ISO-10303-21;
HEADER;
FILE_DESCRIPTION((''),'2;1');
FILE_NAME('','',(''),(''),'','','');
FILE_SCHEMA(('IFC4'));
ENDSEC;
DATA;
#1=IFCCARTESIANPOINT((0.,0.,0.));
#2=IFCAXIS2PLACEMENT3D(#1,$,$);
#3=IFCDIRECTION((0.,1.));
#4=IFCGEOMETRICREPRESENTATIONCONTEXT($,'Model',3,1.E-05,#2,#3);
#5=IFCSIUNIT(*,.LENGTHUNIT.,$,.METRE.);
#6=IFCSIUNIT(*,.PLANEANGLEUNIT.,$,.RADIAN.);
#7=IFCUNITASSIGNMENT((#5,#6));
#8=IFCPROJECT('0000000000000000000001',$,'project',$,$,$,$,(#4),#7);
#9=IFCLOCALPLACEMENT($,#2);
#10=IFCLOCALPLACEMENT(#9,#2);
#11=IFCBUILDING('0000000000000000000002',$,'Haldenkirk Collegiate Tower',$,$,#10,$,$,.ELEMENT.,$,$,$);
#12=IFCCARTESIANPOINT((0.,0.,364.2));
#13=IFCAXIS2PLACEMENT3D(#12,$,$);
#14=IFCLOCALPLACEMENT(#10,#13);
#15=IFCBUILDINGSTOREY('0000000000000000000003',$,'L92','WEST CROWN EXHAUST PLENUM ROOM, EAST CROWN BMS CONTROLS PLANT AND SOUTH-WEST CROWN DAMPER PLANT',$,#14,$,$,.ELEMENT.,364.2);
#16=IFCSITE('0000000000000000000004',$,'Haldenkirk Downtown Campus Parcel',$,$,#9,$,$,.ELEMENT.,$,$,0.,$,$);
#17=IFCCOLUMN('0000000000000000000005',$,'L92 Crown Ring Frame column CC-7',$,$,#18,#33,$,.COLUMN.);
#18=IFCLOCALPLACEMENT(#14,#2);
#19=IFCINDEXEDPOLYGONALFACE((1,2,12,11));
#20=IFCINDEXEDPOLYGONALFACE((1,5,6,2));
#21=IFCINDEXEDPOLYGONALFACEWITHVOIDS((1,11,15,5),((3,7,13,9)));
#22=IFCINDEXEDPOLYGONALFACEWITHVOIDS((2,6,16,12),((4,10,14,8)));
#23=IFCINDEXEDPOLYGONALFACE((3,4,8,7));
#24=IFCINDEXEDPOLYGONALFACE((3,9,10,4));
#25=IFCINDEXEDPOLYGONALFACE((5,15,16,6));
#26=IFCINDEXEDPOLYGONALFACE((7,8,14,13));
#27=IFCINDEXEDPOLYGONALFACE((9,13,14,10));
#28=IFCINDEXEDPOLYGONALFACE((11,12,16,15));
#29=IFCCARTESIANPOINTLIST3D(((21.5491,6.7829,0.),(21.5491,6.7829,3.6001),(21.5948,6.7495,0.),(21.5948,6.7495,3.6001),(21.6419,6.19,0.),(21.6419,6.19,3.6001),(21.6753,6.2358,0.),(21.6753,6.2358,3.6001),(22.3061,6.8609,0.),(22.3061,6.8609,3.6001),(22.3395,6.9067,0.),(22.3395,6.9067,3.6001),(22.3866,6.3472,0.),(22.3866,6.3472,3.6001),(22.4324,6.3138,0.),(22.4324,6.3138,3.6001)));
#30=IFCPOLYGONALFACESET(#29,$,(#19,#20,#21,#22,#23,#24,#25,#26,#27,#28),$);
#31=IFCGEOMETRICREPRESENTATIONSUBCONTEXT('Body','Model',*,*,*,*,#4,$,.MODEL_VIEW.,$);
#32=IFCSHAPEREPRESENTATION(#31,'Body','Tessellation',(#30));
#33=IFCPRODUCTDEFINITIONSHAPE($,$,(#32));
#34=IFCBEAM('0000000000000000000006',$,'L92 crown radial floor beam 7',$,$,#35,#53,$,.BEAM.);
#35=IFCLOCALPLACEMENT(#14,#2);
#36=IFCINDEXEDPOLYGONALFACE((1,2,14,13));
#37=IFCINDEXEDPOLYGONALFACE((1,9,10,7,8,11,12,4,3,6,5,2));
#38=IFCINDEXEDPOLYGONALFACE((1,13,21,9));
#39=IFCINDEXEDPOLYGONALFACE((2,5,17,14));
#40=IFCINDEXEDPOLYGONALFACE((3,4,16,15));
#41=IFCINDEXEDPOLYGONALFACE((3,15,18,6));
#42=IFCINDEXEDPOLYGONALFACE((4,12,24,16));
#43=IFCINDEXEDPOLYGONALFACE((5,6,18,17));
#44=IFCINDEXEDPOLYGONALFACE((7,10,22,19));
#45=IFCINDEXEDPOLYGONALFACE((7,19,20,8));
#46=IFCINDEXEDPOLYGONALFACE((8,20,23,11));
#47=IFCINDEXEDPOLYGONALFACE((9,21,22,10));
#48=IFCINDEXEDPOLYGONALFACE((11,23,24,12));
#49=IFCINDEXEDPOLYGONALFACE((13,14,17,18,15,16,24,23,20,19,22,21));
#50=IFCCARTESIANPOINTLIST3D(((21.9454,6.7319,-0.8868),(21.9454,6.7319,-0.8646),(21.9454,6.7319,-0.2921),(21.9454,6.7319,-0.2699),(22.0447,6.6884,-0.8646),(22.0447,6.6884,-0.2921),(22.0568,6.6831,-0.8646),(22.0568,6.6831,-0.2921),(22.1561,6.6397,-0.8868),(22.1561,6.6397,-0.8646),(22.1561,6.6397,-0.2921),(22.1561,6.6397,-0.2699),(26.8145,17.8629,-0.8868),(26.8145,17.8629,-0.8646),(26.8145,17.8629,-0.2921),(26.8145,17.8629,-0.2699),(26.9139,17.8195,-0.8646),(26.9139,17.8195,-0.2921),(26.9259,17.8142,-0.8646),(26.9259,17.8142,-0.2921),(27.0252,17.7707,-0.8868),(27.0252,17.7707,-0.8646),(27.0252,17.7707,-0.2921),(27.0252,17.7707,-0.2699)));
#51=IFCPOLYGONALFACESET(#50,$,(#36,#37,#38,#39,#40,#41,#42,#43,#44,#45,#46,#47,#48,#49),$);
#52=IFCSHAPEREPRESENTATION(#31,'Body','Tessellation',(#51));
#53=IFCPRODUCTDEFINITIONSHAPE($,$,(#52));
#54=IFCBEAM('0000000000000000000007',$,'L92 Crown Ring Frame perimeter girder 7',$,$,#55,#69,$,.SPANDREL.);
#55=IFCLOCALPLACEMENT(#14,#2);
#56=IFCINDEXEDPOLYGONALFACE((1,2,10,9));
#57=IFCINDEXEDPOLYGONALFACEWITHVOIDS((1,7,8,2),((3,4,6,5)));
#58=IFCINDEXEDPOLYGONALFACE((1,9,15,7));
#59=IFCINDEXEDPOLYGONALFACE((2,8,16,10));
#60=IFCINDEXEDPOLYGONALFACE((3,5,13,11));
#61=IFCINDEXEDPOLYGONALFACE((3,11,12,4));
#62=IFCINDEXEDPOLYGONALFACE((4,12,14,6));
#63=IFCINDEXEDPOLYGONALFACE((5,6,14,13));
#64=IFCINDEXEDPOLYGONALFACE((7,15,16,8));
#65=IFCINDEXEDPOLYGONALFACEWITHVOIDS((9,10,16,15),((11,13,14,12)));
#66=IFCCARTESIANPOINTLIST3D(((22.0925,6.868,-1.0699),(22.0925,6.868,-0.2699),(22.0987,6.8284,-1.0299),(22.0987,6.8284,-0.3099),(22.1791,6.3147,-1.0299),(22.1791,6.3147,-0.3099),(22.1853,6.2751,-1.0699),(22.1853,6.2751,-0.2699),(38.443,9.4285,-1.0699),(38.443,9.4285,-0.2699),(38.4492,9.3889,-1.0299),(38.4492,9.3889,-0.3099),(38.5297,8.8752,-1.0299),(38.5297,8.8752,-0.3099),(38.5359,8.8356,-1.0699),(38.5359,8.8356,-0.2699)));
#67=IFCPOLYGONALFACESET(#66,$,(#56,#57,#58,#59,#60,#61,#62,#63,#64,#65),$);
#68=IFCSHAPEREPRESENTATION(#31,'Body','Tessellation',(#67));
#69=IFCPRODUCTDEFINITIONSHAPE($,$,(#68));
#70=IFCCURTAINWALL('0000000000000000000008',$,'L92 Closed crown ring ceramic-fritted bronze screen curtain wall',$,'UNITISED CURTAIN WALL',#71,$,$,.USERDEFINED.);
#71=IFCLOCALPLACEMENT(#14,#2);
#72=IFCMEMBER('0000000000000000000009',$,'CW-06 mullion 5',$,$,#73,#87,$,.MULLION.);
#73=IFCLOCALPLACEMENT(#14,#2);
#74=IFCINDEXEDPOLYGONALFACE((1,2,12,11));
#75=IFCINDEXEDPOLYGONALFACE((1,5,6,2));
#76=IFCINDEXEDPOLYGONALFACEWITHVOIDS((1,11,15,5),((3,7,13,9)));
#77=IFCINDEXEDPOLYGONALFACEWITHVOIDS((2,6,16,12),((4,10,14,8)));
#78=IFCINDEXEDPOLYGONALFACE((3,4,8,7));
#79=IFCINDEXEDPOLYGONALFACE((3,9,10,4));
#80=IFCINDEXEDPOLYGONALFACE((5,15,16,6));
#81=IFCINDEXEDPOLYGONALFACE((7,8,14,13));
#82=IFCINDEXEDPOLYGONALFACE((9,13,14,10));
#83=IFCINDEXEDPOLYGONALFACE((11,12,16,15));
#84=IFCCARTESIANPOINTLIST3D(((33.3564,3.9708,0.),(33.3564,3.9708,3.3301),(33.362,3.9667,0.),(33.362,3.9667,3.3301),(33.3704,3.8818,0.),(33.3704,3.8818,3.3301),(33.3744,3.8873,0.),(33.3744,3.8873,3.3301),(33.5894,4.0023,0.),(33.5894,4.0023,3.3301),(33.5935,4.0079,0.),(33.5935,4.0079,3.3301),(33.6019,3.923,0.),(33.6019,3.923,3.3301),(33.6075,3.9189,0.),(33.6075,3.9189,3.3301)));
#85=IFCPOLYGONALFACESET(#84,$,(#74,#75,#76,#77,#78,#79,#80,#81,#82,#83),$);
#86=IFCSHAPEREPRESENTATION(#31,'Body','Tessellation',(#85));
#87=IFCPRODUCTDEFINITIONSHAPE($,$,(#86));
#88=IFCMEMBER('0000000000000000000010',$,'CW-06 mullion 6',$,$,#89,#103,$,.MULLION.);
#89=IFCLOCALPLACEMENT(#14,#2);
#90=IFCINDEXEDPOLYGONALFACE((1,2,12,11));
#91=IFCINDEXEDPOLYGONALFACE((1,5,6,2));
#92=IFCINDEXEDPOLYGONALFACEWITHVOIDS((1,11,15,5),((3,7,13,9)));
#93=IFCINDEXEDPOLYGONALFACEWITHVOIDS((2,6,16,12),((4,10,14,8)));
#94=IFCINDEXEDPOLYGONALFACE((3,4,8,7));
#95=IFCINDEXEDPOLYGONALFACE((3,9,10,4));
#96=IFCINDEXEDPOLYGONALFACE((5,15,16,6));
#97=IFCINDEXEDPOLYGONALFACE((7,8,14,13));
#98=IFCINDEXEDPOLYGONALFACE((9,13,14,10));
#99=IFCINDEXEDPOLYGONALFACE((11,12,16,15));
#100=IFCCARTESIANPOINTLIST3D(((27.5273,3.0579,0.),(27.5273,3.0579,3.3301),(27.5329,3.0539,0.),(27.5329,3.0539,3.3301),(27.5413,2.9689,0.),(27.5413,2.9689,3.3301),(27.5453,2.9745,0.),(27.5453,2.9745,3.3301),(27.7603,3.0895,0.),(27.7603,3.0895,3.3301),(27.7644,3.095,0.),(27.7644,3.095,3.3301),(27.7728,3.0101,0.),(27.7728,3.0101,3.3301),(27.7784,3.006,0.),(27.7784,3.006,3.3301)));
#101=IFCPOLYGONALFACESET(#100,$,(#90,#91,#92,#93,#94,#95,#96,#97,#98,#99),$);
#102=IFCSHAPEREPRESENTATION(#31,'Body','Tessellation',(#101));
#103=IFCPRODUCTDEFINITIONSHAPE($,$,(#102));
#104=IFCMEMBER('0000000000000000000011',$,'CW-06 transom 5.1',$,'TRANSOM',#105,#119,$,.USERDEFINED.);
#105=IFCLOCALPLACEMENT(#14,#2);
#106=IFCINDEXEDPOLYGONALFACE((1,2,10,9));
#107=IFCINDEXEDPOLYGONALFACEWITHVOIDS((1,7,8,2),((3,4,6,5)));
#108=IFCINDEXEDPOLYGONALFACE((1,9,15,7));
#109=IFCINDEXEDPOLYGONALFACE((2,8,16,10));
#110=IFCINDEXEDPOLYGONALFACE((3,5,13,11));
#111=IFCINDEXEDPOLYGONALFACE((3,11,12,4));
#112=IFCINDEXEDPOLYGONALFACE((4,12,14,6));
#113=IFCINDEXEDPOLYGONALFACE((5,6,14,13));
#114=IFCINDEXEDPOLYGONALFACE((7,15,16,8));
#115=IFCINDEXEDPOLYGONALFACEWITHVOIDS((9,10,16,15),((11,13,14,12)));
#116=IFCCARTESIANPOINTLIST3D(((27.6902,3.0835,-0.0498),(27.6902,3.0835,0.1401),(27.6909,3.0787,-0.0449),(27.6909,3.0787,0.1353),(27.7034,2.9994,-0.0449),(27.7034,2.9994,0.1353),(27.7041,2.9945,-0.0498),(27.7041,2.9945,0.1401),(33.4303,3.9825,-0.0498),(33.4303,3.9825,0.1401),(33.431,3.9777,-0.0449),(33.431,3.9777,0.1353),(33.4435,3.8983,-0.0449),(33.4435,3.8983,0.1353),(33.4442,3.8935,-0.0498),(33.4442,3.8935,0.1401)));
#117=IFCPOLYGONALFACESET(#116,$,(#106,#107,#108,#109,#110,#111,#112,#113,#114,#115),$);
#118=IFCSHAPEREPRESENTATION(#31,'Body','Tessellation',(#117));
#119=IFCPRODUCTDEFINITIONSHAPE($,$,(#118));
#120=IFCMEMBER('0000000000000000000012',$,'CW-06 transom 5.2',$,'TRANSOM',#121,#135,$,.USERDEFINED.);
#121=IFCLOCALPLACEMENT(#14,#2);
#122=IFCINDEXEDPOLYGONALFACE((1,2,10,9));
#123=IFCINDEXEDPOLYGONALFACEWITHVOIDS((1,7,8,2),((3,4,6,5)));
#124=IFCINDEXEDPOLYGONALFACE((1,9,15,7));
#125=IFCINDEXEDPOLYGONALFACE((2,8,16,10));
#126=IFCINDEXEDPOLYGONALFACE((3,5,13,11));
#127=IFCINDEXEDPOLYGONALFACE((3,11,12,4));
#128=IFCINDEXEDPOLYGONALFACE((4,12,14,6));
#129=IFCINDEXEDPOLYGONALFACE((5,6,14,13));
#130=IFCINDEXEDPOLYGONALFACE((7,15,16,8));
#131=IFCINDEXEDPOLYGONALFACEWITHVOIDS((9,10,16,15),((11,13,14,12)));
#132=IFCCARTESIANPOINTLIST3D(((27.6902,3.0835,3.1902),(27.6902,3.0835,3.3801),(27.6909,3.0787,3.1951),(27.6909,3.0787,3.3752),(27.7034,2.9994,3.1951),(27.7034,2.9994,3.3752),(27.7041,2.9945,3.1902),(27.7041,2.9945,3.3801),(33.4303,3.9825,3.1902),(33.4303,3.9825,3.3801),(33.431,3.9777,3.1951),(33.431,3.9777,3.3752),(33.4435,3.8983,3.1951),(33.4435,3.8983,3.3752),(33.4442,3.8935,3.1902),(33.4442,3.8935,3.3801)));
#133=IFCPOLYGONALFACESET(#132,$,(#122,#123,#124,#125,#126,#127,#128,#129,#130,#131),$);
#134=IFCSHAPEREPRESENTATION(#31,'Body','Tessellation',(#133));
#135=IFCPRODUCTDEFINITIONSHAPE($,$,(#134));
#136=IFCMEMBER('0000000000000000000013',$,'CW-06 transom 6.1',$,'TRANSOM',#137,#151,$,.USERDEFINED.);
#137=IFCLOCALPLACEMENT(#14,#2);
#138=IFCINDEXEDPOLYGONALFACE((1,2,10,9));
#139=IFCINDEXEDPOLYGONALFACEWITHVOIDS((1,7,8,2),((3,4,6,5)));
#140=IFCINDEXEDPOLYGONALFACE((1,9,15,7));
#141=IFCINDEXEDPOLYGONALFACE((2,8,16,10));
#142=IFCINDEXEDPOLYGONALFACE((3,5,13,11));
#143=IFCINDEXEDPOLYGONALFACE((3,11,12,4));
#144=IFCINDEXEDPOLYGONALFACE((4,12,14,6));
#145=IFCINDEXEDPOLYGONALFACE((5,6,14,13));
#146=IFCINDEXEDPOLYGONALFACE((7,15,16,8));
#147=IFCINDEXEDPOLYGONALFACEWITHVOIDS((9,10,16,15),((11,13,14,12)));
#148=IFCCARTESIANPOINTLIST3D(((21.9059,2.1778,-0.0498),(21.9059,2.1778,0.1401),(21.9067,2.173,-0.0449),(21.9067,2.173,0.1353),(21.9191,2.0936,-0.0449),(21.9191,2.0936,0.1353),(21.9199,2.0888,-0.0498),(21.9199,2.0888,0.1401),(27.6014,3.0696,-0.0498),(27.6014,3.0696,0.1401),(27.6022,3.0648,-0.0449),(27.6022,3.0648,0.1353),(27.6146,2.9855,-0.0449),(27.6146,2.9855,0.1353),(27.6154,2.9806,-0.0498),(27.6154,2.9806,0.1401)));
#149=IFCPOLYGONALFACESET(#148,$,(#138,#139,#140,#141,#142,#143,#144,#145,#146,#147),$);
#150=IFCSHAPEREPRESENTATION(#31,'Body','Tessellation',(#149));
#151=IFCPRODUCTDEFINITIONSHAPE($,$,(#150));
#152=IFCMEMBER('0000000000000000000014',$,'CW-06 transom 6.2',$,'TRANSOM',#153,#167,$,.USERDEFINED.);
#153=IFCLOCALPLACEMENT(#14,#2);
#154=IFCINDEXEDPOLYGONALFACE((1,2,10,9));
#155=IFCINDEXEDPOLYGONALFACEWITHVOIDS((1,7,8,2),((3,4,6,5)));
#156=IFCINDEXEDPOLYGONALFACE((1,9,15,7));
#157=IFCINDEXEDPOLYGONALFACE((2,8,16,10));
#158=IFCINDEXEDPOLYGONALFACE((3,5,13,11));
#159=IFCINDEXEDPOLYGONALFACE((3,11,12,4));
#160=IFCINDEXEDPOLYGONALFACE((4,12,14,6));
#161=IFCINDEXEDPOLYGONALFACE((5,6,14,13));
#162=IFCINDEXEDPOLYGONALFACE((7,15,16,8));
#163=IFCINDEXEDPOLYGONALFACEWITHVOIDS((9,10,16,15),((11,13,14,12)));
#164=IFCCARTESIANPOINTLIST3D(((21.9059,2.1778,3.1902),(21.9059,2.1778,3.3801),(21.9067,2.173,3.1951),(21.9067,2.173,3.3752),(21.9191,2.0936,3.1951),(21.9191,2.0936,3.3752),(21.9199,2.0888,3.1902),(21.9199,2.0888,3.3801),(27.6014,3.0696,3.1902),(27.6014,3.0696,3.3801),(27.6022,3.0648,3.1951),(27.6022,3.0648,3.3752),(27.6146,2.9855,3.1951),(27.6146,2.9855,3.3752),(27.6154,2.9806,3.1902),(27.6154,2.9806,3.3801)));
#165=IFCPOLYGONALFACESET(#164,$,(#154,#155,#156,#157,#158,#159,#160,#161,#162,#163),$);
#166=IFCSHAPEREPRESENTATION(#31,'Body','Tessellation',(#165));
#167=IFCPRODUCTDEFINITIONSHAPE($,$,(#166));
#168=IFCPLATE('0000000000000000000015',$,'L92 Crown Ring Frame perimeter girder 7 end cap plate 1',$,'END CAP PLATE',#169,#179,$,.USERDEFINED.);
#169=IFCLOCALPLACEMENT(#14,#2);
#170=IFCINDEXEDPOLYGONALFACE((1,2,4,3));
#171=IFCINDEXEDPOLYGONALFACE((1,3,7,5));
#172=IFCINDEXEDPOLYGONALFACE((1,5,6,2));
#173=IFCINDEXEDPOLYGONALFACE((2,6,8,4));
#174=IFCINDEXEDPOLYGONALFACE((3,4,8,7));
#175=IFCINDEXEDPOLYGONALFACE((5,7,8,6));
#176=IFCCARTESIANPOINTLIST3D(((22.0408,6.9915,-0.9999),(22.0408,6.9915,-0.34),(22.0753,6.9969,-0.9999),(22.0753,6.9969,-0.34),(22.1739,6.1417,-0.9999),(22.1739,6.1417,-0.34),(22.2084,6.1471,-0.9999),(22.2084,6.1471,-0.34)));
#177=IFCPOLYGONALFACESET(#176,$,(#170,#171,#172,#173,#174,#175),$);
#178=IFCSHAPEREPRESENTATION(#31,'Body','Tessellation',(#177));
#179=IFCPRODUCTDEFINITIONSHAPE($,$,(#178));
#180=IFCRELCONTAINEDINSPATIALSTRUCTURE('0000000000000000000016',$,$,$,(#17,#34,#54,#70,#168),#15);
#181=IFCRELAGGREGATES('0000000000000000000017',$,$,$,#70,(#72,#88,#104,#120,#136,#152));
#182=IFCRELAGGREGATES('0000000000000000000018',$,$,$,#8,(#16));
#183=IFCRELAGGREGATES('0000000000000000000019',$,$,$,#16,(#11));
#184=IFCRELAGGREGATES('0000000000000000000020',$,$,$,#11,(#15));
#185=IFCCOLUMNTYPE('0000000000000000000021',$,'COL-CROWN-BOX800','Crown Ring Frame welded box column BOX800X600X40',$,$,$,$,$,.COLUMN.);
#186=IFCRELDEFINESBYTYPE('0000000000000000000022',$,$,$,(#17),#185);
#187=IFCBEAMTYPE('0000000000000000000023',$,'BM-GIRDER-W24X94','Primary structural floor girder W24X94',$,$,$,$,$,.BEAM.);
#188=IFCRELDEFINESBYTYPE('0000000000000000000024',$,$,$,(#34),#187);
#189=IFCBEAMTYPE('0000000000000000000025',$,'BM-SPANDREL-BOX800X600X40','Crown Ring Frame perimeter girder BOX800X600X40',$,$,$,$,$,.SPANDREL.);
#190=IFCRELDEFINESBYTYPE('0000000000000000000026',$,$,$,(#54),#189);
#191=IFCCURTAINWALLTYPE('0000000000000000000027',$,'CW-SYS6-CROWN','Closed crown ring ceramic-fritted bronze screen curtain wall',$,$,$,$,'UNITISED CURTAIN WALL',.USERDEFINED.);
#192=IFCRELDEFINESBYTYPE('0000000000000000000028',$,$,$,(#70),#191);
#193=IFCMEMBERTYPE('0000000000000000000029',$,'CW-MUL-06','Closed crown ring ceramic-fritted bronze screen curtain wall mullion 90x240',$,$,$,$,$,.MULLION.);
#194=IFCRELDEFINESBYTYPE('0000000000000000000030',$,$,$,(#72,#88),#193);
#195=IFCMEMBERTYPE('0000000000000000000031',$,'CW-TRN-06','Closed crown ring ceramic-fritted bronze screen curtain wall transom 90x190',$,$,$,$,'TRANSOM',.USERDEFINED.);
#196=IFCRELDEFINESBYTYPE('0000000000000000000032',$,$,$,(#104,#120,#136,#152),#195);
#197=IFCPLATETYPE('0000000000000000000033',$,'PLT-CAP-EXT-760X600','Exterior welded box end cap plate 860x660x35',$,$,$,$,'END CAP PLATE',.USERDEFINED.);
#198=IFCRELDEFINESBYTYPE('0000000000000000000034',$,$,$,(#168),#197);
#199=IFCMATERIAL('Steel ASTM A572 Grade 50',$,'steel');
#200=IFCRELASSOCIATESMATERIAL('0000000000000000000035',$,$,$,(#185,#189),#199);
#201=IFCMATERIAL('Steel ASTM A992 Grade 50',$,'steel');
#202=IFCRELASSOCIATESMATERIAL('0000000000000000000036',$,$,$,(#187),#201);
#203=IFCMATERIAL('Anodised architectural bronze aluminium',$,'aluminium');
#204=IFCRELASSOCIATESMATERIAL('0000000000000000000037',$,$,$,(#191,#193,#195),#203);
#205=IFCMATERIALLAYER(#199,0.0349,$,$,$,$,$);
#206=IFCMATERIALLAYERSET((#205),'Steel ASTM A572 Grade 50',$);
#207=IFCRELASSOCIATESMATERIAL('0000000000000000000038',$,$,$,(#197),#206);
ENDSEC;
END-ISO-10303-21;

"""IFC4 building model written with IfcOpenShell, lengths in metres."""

from ifc_helpers import new_model, si_unit, direction, frame, origin, origin_2d, place, context, subcontext, project, spatial, rectangle, hollow_rectangle, i_section, extrude, source, transform, mapped, material, layer, layer_set, material_profile, profile_set, type_object, element, aggregate, save


model = new_model("IFC4")

# Units and contexts
model_context = context("Model", 3, precision=1e-05, world=origin(), true_north=direction((0.0, 1.0)))
body_context = subcontext(model_context, "Body", "Model", "MODEL_VIEW")
ifc_project = project(units=[si_unit("LENGTHUNIT", "METRE"), si_unit("PLANEANGLEUNIT", "RADIAN")], contexts=[model_context])

# Site, building, storey
site_placement = place(None, origin())
site = spatial("IfcSite", under=ifc_project, at=site_placement, Name="Haldenkirk Downtown Campus Parcel", CompositionType="ELEMENT", RefElevation=0.0)
building_placement = place(site_placement, origin())
building = spatial("IfcBuilding", under=site, at=building_placement, Name="Haldenkirk Collegiate Tower", CompositionType="ELEMENT")
storey_placement = place(building_placement, frame((0.0, 0.0, 364.2)))
storey = spatial("IfcBuildingStorey", under=building, at=storey_placement, Name="L92", Description="WEST CROWN EXHAUST PLENUM ROOM, EAST CROWN BMS CONTROLS PLANT AND SOUTH-WEST CROWN DAMPER PLANT", CompositionType="ELEMENT", Elevation=364.2)

# Column
ifc_material_1 = material(Name="Steel ASTM A572 Grade 50", Category="steel")
ifc_material_profile_1 = material_profile(ifc_material_1, hollow_rectangle(XDim=0.6001, YDim=0.8, WallThickness=0.04, at=origin_2d()), Name="BOX800X600X40")
ifc_profile_set_1 = profile_set([ifc_material_profile_1], Name="Steel ASTM A572 Grade 50")
column_type = type_object("IfcColumnType", Name="COL-CROWN-BOX800", Description="Crown Ring Frame welded box column BOX800X600X40", PredefinedType="COLUMN", material=ifc_profile_set_1)
column_placement = place(storey_placement, frame((21.9907, 6.5483, 0.0), z_axis=(0.0, 0.0, 1.0), x_axis=(-0.15471, 0.98796, 0.0)))
element("IfcColumn", 1, at=column_placement, inside=storey, type_object=column_type, Name="L92 Crown Ring Frame column CC-7", PredefinedType="COLUMN", context=body_context, shape_type="SweptSolid", body=[
    extrude(hollow_rectangle(XDim=0.6001, YDim=0.8, WallThickness=0.04, at=origin_2d()), origin(), (0.0, 0.0, 1.0), 3.6001),
])

# Beams
ifc_material_2 = material(Name="Steel ASTM A992 Grade 50", Category="steel")
ifc_material_profile_2 = material_profile(ifc_material_2, i_section(OverallWidth=0.23, OverallDepth=0.6169, WebThickness=0.0132, FlangeThickness=0.0222, at=origin_2d()), Name="W24X94")
ifc_profile_set_2 = profile_set([ifc_material_profile_2], Name="Steel ASTM A992 Grade 50")
beam_type_1 = type_object("IfcBeamType", Name="BM-GIRDER-W24X94", Description="Primary structural floor girder W24X94", PredefinedType="BEAM", material=ifc_profile_set_2)
beam_1_placement = place(storey_placement, frame((22.0508, 6.6858, -0.5784), z_axis=(0.400769, 0.916179, 0.0), x_axis=(-0.916179, 0.400769, 0.0)))
element("IfcBeam", 2, at=beam_1_placement, inside=storey, type_object=beam_type_1, Name="L92 crown radial floor beam 7", PredefinedType="BEAM", context=body_context, shape_type="SweptSolid", body=[
    extrude(i_section(OverallWidth=0.23, OverallDepth=0.6169, WebThickness=0.0132, FlangeThickness=0.0222, at=origin_2d()), origin(), (0.0, 0.0, 1.0), 12.1494),
])
ifc_material_profile_3 = material_profile(ifc_material_1, hollow_rectangle(XDim=0.6001, YDim=0.8, WallThickness=0.04, at=origin_2d()), Name="BOX800X600X40")
ifc_profile_set_3 = profile_set([ifc_material_profile_3], Name="Steel ASTM A572 Grade 50")
beam_type_2 = type_object("IfcBeamType", Name="BM-SPANDREL-BOX800X600X40", Description="Crown Ring Frame perimeter girder BOX800X600X40", PredefinedType="SPANDREL", material=ifc_profile_set_3)
beam_2_placement = place(storey_placement, frame((22.1389, 6.5715, -0.6699), z_axis=(0.987959, 0.154717, 0.0), x_axis=(-0.154717, 0.987959, 0.0)))
element("IfcBeam", 3, at=beam_2_placement, inside=storey, type_object=beam_type_2, Name="L92 Crown Ring Frame perimeter girder 7", PredefinedType="SPANDREL", context=body_context, shape_type="SweptSolid", body=[
    extrude(hollow_rectangle(XDim=0.6001, YDim=0.8, WallThickness=0.04, at=origin_2d()), origin(), (0.0, 0.0, 1.0), 16.5498),
])

# Curtain wall, members
ifc_material_3 = material(Name="Anodised architectural bronze aluminium", Category="aluminium")
curtain_wall_type = type_object("IfcCurtainWallType", Name="CW-SYS6-CROWN", Description="Closed crown ring ceramic-fritted bronze screen curtain wall", ElementType="UNITISED CURTAIN WALL", PredefinedType="USERDEFINED", material=ifc_material_3)
curtain_wall_placement = place(storey_placement, origin())
curtain_wall = element("IfcCurtainWall", 4, at=curtain_wall_placement, inside=storey, type_object=curtain_wall_type, Name="L92 Closed crown ring ceramic-fritted bronze screen curtain wall", ObjectType="UNITISED CURTAIN WALL", PredefinedType="USERDEFINED")
ifc_material_profile_4 = material_profile(ifc_material_3, hollow_rectangle(XDim=0.0901, YDim=0.24, WallThickness=0.0049, at=origin_2d()), Name="CW-MUL-06")
ifc_profile_set_4 = profile_set([ifc_material_profile_4], Name="Anodised architectural bronze aluminium")
member_type_1 = type_object("IfcMemberType", Name="CW-MUL-06", Description="Closed crown ring ceramic-fritted bronze screen curtain wall mullion 90x240", PredefinedType="MULLION", material=ifc_profile_set_4)
member_1_placement = place(storey_placement, frame((33.4819, 3.9448, 0.0), z_axis=(0.0, 0.0, 1.0), x_axis=(0.154709, -0.98796, 0.0)))
member_1 = element("IfcMember", 5, at=member_1_placement, type_object=member_type_1, Name="CW-06 mullion 5", PredefinedType="MULLION", context=body_context, shape_type="SweptSolid", body=[
    extrude(hollow_rectangle(XDim=0.0901, YDim=0.24, WallThickness=0.0049, at=origin_2d()), origin(), (0.0, 0.0, 1.0), 3.3301),
])
member_2_placement = place(storey_placement, frame((27.6528, 3.032, 0.0), z_axis=(0.0, 0.0, 1.0), x_axis=(0.154709, -0.98796, 0.0)))
member_2 = element("IfcMember", 6, at=member_2_placement, type_object=member_type_1, Name="CW-06 mullion 6", PredefinedType="MULLION", context=body_context, shape_type="SweptSolid", body=[
    extrude(hollow_rectangle(XDim=0.0901, YDim=0.24, WallThickness=0.0049, at=origin_2d()), origin(), (0.0, 0.0, 1.0), 3.3301),
])
ifc_material_profile_5 = material_profile(ifc_material_3, hollow_rectangle(XDim=0.0901, YDim=0.1899, WallThickness=0.0049, at=origin_2d()), Name="CW-TRN-06")
ifc_profile_set_5 = profile_set([ifc_material_profile_5], Name="Anodised architectural bronze aluminium")
member_type_2 = type_object("IfcMemberType", Name="CW-TRN-06", Description="Closed crown ring ceramic-fritted bronze screen curtain wall transom 90x190", ElementType="TRANSOM", PredefinedType="USERDEFINED", material=ifc_profile_set_5)
member_3_placement = place(storey_placement, frame((33.4373, 3.938, 0.0452), z_axis=(-0.987958, -0.154722, 0.0), x_axis=(0.154722, -0.987958, 0.0)))
member_3 = element("IfcMember", 7, at=member_3_placement, type_object=member_type_2, Name="CW-06 transom 5.1", ObjectType="TRANSOM", PredefinedType="USERDEFINED", context=body_context, shape_type="SweptSolid", body=[
    extrude(hollow_rectangle(XDim=0.0901, YDim=0.1899, WallThickness=0.0049, at=origin_2d()), origin(), (0.0, 0.0, 1.0), 5.8101),
])
member_4_placement = place(storey_placement, frame((33.4373, 3.938, 3.2852), z_axis=(-0.987958, -0.154722, 0.0), x_axis=(0.154722, -0.987958, 0.0)))
member_4 = element("IfcMember", 8, at=member_4_placement, type_object=member_type_2, Name="CW-06 transom 5.2", ObjectType="TRANSOM", PredefinedType="USERDEFINED", context=body_context, shape_type="SweptSolid", body=[
    extrude(hollow_rectangle(XDim=0.0901, YDim=0.1899, WallThickness=0.0049, at=origin_2d()), origin(), (0.0, 0.0, 1.0), 5.8101),
])
member_5_placement = place(storey_placement, frame((27.6084, 3.0251, 0.0452), z_axis=(-0.987961, -0.154701, 0.0), x_axis=(0.154701, -0.987961, 0.0)))
member_5 = element("IfcMember", 9, at=member_5_placement, type_object=member_type_2, Name="CW-06 transom 6.1", ObjectType="TRANSOM", PredefinedType="USERDEFINED", context=body_context, shape_type="SweptSolid", body=[
    extrude(hollow_rectangle(XDim=0.0901, YDim=0.1899, WallThickness=0.0049, at=origin_2d()), origin(), (0.0, 0.0, 1.0), 5.7649),
])
member_6_placement = place(storey_placement, frame((27.6084, 3.0251, 3.2852), z_axis=(-0.987961, -0.154701, 0.0), x_axis=(0.154701, -0.987961, 0.0)))
member_6 = element("IfcMember", 10, at=member_6_placement, type_object=member_type_2, Name="CW-06 transom 6.2", ObjectType="TRANSOM", PredefinedType="USERDEFINED", context=body_context, shape_type="SweptSolid", body=[
    extrude(hollow_rectangle(XDim=0.0901, YDim=0.1899, WallThickness=0.0049, at=origin_2d()), origin(), (0.0, 0.0, 1.0), 5.7649),
])

# Plate
ifc_layer_1 = layer(ifc_material_1, 0.0349)
ifc_layer_set_1 = layer_set([ifc_layer_1], Name="Steel ASTM A572 Grade 50")
plate_type_1 = type_object("IfcPlateType", Name="PLT-CAP-EXT-760X600", Description="Exterior welded box end cap plate 860x660x35", ElementType="END CAP PLATE", PredefinedType="USERDEFINED", material=ifc_layer_set_1)
shared_shape_1 = source(origin(), body_context, "Body", "SweptSolid", [
    extrude(rectangle(XDim=0.8601, YDim=0.6599, at=origin_2d()), origin(), (0.0, 0.0, 1.0), 0.0349),
])
plate_1_placement = place(storey_placement, frame((22.1418, 6.572, -0.6699), z_axis=(-0.987959, -0.154713, 0.0), x_axis=(0.154713, -0.987959, 0.0)))
element("IfcPlate", 11, at=plate_1_placement, inside=storey, type_object=plate_type_1, Name="L92 Crown Ring Frame perimeter girder 7 end cap plate 1", ObjectType="END CAP PLATE", PredefinedType="USERDEFINED", context=body_context, shape_type="MappedRepresentation", body=[
    mapped(shared_shape_1, transform((0.0, 0.0, 0.0), x_axis=(1.0, 0.0, 0.0), y_axis=(0.0, 1.0, 0.0), z_axis=(0.0, 0.0, 1.0), scale=1.0)),
])
aggregate(curtain_wall, [member_1, member_2, member_3, member_4, member_5, member_6])

save(model, "model.ifc")
